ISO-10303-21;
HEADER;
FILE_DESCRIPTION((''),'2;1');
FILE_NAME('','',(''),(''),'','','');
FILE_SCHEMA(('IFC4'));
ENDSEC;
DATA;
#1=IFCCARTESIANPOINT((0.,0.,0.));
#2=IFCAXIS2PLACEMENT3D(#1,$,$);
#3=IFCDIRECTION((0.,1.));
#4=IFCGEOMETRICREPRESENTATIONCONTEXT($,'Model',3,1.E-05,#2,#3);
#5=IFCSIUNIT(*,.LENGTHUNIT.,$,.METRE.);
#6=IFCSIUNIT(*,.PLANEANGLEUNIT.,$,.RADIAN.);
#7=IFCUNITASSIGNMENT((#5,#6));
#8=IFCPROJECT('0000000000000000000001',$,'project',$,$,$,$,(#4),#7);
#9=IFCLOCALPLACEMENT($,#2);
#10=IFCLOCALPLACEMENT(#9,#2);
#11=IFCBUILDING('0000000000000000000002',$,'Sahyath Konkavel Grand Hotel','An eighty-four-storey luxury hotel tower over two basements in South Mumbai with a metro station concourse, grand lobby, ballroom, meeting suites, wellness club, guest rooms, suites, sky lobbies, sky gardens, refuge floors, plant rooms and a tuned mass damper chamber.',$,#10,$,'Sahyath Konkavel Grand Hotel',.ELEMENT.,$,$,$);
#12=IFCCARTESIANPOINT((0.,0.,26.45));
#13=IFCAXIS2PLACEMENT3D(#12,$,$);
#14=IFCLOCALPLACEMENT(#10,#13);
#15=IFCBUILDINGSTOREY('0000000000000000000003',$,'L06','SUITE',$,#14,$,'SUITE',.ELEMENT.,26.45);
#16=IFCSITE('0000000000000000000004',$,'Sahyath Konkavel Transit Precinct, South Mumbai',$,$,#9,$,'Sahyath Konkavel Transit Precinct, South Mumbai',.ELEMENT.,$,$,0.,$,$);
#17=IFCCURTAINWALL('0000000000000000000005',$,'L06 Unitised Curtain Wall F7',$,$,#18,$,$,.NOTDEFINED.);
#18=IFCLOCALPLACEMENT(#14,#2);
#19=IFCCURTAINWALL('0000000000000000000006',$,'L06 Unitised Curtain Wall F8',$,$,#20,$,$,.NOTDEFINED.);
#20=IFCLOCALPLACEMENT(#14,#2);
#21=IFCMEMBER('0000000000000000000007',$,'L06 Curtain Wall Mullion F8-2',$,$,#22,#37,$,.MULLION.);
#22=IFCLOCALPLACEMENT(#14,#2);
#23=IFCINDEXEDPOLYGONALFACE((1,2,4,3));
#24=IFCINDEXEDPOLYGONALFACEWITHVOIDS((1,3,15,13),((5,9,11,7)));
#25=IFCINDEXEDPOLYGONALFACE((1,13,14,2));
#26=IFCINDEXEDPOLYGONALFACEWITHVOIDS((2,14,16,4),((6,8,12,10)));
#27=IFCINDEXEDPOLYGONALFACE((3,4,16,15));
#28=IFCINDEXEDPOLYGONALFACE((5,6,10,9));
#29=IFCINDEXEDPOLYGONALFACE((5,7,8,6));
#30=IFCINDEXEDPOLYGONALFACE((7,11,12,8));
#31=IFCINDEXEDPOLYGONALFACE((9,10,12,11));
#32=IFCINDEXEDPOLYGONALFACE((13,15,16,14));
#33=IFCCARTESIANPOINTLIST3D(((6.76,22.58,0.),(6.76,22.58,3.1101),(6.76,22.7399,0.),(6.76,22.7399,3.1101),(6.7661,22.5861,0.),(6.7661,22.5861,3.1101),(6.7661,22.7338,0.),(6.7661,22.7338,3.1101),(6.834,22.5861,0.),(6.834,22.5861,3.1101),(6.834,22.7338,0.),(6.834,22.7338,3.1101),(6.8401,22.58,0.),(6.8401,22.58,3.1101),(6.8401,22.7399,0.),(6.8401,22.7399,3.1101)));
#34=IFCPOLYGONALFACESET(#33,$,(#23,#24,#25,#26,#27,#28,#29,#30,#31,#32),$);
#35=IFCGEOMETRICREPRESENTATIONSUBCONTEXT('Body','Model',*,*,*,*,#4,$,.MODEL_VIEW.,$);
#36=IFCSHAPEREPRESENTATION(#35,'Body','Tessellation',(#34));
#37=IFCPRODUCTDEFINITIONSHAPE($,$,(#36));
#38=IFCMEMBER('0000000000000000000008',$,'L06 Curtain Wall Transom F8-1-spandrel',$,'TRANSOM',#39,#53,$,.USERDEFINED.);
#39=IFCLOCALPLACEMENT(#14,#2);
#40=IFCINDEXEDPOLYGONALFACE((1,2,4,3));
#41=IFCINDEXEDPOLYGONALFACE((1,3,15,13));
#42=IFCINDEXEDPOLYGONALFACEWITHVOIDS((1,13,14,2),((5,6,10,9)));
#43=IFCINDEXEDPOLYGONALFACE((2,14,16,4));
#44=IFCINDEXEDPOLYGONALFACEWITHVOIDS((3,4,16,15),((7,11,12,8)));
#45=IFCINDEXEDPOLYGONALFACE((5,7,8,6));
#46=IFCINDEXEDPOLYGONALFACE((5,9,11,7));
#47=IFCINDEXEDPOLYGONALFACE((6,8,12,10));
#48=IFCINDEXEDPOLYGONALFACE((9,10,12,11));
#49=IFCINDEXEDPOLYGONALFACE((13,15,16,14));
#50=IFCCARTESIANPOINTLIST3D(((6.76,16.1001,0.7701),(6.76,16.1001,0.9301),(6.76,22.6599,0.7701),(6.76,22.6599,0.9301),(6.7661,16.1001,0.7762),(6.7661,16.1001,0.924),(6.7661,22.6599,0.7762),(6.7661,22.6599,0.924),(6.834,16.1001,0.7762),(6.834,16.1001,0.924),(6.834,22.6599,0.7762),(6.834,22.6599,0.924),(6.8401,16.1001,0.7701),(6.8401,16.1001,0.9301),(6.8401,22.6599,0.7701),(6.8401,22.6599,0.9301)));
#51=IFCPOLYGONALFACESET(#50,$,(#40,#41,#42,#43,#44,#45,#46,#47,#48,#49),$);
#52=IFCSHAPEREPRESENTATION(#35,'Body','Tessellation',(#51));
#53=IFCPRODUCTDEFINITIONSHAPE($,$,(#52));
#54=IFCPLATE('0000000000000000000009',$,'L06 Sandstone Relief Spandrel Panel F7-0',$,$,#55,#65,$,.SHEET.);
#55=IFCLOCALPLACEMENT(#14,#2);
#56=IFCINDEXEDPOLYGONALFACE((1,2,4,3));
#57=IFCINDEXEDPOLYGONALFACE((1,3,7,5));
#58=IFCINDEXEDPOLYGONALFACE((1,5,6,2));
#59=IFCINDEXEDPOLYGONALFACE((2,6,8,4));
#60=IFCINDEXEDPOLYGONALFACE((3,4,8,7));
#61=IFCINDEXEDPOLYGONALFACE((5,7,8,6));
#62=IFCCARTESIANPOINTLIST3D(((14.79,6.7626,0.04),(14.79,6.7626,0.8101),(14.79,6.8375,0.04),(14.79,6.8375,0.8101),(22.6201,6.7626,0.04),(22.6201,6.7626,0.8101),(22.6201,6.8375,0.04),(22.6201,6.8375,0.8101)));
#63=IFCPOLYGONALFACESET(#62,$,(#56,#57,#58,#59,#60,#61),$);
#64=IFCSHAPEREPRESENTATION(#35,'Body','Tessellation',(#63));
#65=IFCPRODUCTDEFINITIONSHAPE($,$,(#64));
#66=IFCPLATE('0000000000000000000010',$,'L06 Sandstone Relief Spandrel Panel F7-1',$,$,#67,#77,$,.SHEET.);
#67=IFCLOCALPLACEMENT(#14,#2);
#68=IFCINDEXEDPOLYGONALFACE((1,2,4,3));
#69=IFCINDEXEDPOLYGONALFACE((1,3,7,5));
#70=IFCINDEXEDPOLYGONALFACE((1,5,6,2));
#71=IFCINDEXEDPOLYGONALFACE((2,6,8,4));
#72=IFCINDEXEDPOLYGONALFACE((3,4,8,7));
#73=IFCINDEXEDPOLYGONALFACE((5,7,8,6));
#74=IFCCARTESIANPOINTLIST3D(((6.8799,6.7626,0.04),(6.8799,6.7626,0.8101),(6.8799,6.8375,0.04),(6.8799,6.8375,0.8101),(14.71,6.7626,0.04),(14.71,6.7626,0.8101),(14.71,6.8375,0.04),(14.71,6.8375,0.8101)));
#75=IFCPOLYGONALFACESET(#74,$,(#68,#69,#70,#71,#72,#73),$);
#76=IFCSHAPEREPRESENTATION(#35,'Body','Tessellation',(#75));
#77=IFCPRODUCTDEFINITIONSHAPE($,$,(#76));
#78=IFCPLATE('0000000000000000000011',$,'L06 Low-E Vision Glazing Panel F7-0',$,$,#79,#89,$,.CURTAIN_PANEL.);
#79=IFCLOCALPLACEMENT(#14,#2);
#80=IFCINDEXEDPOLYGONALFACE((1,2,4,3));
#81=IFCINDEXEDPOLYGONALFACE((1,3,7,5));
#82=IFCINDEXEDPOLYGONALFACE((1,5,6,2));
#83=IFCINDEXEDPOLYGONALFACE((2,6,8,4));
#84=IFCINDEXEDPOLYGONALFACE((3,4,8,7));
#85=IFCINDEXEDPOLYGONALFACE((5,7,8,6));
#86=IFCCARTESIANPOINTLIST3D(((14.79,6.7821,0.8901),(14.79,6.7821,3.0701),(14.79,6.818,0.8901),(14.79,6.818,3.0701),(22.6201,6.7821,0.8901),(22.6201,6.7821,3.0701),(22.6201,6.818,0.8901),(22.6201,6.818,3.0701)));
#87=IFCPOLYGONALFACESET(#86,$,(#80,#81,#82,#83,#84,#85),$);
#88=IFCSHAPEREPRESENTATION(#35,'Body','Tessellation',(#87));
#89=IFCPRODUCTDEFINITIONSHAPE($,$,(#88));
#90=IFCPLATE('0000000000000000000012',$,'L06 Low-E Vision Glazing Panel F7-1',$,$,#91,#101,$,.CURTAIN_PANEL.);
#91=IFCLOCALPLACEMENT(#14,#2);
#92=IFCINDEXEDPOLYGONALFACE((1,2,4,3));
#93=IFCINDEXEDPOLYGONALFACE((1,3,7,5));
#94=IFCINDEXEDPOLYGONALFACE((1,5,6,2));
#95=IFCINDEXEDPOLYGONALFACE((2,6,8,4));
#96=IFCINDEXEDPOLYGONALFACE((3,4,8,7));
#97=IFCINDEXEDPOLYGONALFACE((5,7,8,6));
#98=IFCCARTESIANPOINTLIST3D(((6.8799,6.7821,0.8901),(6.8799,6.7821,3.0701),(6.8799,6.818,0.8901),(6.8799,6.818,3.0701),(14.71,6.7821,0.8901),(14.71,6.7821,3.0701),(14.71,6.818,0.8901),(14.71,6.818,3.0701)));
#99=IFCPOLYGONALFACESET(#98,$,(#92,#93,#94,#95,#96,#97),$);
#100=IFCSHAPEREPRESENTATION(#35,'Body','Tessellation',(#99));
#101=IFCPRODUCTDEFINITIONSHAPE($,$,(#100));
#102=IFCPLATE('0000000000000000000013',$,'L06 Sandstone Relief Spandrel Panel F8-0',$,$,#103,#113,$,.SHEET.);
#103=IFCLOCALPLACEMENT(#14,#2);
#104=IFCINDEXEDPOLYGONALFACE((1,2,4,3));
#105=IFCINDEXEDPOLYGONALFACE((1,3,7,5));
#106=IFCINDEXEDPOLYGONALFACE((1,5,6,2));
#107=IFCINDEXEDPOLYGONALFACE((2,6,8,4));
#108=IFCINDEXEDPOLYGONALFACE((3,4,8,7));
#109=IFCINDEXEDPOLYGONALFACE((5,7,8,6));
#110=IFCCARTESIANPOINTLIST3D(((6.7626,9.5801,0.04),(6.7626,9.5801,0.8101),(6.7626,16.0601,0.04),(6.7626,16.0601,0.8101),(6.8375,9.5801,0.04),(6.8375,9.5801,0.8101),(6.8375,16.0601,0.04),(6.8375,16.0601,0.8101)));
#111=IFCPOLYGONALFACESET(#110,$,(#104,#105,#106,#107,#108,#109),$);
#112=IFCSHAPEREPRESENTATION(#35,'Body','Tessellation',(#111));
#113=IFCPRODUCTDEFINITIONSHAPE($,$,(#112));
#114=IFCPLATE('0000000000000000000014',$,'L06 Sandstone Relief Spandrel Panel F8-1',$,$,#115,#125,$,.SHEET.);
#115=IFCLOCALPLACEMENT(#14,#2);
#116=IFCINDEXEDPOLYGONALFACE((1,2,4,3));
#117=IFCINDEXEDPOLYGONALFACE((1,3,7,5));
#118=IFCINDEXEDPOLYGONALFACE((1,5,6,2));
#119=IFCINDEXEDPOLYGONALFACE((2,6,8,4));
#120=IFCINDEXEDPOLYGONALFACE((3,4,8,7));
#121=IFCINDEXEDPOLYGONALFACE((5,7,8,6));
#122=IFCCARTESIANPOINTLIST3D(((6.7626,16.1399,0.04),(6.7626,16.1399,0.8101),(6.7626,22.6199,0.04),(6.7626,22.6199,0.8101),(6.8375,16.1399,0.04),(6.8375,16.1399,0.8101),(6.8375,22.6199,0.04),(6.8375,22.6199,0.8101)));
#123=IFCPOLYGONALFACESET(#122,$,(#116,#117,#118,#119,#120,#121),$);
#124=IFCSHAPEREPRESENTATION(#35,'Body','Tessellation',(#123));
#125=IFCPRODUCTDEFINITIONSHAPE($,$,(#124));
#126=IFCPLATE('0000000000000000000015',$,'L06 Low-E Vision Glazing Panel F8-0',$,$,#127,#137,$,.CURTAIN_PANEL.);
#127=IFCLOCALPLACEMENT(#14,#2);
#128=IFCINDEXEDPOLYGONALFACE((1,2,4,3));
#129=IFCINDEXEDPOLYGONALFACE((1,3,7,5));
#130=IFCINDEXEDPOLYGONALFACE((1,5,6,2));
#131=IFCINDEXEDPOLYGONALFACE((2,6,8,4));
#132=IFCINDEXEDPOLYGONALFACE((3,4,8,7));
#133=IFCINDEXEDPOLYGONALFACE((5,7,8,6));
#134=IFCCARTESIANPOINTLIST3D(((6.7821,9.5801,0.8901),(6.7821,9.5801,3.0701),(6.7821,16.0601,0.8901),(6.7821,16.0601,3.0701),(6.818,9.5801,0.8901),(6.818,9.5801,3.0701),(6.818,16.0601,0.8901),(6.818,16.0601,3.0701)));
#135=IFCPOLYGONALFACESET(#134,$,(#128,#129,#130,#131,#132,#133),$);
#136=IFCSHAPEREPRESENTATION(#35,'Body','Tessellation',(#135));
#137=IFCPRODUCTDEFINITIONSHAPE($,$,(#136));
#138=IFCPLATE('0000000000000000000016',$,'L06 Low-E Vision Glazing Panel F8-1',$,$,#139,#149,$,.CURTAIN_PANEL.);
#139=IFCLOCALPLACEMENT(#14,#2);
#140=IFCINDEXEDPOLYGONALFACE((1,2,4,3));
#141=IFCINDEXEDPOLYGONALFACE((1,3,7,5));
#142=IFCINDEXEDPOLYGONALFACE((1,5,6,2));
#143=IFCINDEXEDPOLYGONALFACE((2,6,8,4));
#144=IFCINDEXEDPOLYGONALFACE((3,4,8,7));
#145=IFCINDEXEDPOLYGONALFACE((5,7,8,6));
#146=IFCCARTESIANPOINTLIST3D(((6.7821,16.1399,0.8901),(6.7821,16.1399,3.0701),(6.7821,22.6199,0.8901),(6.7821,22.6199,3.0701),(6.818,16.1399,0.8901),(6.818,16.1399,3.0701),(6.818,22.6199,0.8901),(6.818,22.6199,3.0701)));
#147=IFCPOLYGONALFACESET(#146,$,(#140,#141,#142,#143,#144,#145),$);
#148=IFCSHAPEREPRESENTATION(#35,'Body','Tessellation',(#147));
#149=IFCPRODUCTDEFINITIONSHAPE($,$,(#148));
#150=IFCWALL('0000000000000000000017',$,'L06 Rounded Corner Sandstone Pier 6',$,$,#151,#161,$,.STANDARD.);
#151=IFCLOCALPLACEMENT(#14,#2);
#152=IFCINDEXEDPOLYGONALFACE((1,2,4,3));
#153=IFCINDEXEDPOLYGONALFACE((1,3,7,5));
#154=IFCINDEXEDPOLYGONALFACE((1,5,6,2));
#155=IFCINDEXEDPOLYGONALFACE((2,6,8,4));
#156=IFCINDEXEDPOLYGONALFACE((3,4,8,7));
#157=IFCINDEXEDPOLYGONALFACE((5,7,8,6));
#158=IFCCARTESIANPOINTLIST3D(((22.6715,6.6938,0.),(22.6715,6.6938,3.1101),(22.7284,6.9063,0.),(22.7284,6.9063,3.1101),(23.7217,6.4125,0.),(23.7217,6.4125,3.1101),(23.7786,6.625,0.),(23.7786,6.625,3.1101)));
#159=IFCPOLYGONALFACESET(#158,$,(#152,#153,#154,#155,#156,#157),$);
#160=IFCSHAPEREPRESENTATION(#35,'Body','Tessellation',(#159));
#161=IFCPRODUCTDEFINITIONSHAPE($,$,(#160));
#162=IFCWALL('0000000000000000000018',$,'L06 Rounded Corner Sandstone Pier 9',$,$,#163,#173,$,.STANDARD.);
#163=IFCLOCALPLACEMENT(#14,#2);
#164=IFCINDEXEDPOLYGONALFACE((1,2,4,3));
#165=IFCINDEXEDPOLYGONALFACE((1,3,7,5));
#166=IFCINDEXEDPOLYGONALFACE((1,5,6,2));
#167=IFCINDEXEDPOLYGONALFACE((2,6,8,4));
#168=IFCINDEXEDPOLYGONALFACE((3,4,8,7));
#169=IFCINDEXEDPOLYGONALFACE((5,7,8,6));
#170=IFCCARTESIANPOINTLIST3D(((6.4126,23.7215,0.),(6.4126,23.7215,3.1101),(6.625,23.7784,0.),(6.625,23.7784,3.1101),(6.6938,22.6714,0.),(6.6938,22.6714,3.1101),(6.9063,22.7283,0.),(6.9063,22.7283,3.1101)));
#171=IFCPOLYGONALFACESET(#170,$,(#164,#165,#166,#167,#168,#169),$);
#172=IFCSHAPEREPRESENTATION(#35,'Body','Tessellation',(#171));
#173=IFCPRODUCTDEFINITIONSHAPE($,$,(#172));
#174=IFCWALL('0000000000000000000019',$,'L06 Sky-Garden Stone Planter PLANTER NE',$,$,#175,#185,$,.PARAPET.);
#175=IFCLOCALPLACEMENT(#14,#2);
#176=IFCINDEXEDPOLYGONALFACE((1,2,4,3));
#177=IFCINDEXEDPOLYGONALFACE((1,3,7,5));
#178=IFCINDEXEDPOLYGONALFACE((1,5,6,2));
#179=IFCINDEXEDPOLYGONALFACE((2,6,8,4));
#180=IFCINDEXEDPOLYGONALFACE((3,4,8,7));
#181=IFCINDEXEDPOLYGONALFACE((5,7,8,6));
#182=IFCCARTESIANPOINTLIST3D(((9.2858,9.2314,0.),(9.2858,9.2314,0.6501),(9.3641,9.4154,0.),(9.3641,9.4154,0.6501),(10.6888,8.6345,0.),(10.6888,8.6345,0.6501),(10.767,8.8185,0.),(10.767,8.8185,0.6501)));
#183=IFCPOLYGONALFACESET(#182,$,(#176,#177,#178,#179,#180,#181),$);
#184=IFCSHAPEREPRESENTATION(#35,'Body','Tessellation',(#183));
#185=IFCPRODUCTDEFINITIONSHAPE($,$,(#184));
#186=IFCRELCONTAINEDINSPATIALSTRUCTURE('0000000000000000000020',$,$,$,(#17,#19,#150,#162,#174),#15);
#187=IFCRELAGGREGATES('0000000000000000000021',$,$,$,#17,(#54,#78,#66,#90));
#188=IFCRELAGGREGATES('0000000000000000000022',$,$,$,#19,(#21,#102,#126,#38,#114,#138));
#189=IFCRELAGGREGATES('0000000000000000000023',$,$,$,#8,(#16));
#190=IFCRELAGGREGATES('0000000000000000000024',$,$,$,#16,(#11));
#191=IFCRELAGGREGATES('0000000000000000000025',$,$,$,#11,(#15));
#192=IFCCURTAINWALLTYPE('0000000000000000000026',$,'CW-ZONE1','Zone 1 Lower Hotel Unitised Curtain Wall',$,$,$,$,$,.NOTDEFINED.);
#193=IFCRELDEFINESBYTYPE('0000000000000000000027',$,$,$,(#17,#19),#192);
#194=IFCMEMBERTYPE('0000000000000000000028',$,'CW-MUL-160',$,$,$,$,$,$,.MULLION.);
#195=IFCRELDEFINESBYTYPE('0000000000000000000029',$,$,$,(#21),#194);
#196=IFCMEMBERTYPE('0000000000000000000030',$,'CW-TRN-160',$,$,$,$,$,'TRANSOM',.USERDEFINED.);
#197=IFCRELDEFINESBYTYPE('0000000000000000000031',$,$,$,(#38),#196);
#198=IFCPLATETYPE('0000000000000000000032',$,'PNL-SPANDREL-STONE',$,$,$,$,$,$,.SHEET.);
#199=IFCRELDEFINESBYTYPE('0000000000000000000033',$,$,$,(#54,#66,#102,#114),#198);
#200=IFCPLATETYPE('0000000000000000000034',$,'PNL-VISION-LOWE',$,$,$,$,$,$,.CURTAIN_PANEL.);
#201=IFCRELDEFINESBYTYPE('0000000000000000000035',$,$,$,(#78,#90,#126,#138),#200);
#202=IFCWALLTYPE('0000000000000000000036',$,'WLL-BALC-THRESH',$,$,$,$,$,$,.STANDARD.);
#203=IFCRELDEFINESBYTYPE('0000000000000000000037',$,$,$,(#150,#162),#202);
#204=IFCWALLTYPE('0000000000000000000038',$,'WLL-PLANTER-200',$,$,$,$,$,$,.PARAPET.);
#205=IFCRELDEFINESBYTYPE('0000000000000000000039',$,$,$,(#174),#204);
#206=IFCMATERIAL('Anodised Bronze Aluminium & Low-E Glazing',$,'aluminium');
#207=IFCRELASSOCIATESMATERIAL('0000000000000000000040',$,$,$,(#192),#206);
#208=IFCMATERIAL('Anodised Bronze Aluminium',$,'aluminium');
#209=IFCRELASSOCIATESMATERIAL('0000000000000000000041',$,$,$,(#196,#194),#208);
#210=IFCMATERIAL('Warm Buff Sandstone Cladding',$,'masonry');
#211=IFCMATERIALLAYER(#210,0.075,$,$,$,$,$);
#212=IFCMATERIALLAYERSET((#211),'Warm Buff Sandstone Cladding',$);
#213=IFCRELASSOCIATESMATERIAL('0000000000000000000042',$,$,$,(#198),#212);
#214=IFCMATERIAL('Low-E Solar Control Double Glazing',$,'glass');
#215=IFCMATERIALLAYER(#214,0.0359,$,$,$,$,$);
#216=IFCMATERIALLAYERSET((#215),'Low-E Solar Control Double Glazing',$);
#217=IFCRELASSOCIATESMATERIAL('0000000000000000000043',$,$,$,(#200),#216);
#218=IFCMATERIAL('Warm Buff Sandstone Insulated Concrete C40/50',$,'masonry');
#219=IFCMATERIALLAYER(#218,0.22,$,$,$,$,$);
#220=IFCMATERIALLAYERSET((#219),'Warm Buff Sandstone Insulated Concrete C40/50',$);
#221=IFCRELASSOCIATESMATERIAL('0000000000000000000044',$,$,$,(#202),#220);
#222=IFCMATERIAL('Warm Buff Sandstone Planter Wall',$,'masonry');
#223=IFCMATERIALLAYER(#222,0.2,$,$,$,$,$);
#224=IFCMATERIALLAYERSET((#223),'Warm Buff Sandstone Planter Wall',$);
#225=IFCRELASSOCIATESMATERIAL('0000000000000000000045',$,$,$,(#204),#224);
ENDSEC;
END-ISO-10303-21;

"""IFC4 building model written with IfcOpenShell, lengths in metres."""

from ifc_helpers import new_model, si_unit, direction, frame, frame_2d, origin, origin_2d, place, context, subcontext, project, spatial, rectangle, hollow_rectangle, extrude, source, transform, mapped, material, layer, layer_set, material_profile, profile_set, type_object, element, aggregate, save


model = new_model("IFC4")

# Units and contexts
model_context = context("Model", 3, precision=1e-05, world=origin(), true_north=direction((0.0, 1.0)))
body_context = subcontext(model_context, "Body", "Model", "MODEL_VIEW")
ifc_project = project(units=[si_unit("LENGTHUNIT", "METRE"), si_unit("PLANEANGLEUNIT", "RADIAN")], contexts=[model_context])

# Site, building, storey
site_placement = place(None, origin())
site = spatial("IfcSite", under=ifc_project, at=site_placement, Name="Sahyath Konkavel Transit Precinct, South Mumbai", LongName="Sahyath Konkavel Transit Precinct, South Mumbai", CompositionType="ELEMENT", RefElevation=0.0)
building_placement = place(site_placement, origin())
building = spatial("IfcBuilding", under=site, at=building_placement, Name="Sahyath Konkavel Grand Hotel", Description="An eighty-four-storey luxury hotel tower over two basements in South Mumbai with a metro station concourse, grand lobby, ballroom, meeting suites, wellness club, guest rooms, suites, sky lobbies, sky gardens, refuge floors, plant rooms and a tuned mass damper chamber.", LongName="Sahyath Konkavel Grand Hotel", CompositionType="ELEMENT")
storey_placement = place(building_placement, frame((0.0, 0.0, 26.45)))
storey = spatial("IfcBuildingStorey", under=building, at=storey_placement, Name="L06", Description="SUITE", LongName="SUITE", CompositionType="ELEMENT", Elevation=26.45)

# Curtain walls
ifc_material_1 = material(Name="Anodised Bronze Aluminium & Low-E Glazing", Category="aluminium")
curtain_wall_type = type_object("IfcCurtainWallType", Name="CW-ZONE1", Description="Zone 1 Lower Hotel Unitised Curtain Wall", PredefinedType="NOTDEFINED", material=ifc_material_1)
curtain_wall_1_placement = place(storey_placement, origin())
curtain_wall_1 = element("IfcCurtainWall", 1, at=curtain_wall_1_placement, inside=storey, type_object=curtain_wall_type, Name="L06 Unitised Curtain Wall F7", PredefinedType="NOTDEFINED")
curtain_wall_2_placement = place(storey_placement, origin())
curtain_wall_2 = element("IfcCurtainWall", 2, at=curtain_wall_2_placement, inside=storey, type_object=curtain_wall_type, Name="L06 Unitised Curtain Wall F8", PredefinedType="NOTDEFINED")

# Members
ifc_material_2 = material(Name="Anodised Bronze Aluminium", Category="aluminium")
ifc_material_profile_1 = material_profile(ifc_material_2, hollow_rectangle(XDim=0.0801, YDim=0.1599, WallThickness=0.0061, at=origin_2d()), Name="RHS 160x80x6")
ifc_profile_set_1 = profile_set([ifc_material_profile_1], Name="Anodised Bronze Aluminium")
member_type_1 = type_object("IfcMemberType", Name="CW-TRN-160", ElementType="TRANSOM", PredefinedType="USERDEFINED", material=ifc_profile_set_1)
ifc_material_profile_2 = material_profile(ifc_material_2, hollow_rectangle(XDim=0.0801, YDim=0.1599, WallThickness=0.0061, at=origin_2d()), Name="RHS 160x80x6")
ifc_profile_set_2 = profile_set([ifc_material_profile_2], Name="Anodised Bronze Aluminium")
member_type_2 = type_object("IfcMemberType", Name="CW-MUL-160", PredefinedType="MULLION", material=ifc_profile_set_2)
shared_shape_1 = source(origin(), body_context, "Body", "SweptSolid", [
    extrude(hollow_rectangle(XDim=0.0801, YDim=0.1599, WallThickness=0.0061, at=origin_2d()), origin(), (0.0, 0.0, 1.0), 3.1101),
])
member_1_placement = place(storey_placement, frame((6.8, 22.6599, 0.0), z_axis=(0.0, 0.0, 1.0), x_axis=(1.0, 0.0, 0.0)))
member_1 = element("IfcMember", 3, at=member_1_placement, type_object=member_type_2, Name="L06 Curtain Wall Mullion F8-2", PredefinedType="MULLION", context=body_context, shape_type="MappedRepresentation", body=[
    mapped(shared_shape_1, transform((0.0, 0.0, 0.0), scale=1.0)),
])
shared_shape_2 = source(origin(), body_context, "Body", "SweptSolid", [
    extrude(hollow_rectangle(XDim=0.0801, YDim=0.1599, WallThickness=0.0061, at=origin_2d()), origin(), (0.0, 0.0, 1.0), 6.5598),
])
member_2_placement = place(storey_placement, frame((6.8, 16.1001, 0.8501), z_axis=(0.0, 1.0, 0.0), x_axis=(-1.0, 0.0, 0.0)))
member_2 = element("IfcMember", 4, at=member_2_placement, type_object=member_type_1, Name="L06 Curtain Wall Transom F8-1-spandrel", ObjectType="TRANSOM", PredefinedType="USERDEFINED", context=body_context, shape_type="MappedRepresentation", body=[
    mapped(shared_shape_2, transform((0.0, 0.0, 0.0), scale=1.0)),
])

# Plates
ifc_material_3 = material(Name="Warm Buff Sandstone Cladding", Category="masonry")
ifc_layer_1 = layer(ifc_material_3, 0.075)
ifc_layer_set_1 = layer_set([ifc_layer_1], Name="Warm Buff Sandstone Cladding")
plate_type_1 = type_object("IfcPlateType", Name="PNL-SPANDREL-STONE", PredefinedType="SHEET", material=ifc_layer_set_1)
shared_shape_3 = source(origin(), body_context, "Body", "SweptSolid", [
    extrude(rectangle(XDim=7.8301, YDim=0.075, at=origin_2d()), origin(), (0.0, 0.0, 1.0), 0.77),
])
plate_1_placement = place(storey_placement, frame((18.7051, 6.8, 0.04), z_axis=(0.0, 0.0, 1.0), x_axis=(-1.0, 0.0, 0.0)))
plate_1 = element("IfcPlate", 5, at=plate_1_placement, type_object=plate_type_1, Name="L06 Sandstone Relief Spandrel Panel F7-0", PredefinedType="SHEET", context=body_context, shape_type="MappedRepresentation", body=[
    mapped(shared_shape_3, transform((0.0, 0.0, 0.0), scale=1.0)),
])
plate_2_placement = place(storey_placement, frame((10.7949, 6.8, 0.04), z_axis=(0.0, 0.0, 1.0), x_axis=(-1.0, 0.0, 0.0)))
plate_2 = element("IfcPlate", 6, at=plate_2_placement, type_object=plate_type_1, Name="L06 Sandstone Relief Spandrel Panel F7-1", PredefinedType="SHEET", context=body_context, shape_type="MappedRepresentation", body=[
    mapped(shared_shape_3, transform((0.0, 0.0, 0.0), scale=1.0)),
])
ifc_material_4 = material(Name="Low-E Solar Control Double Glazing", Category="glass")
ifc_layer_2 = layer(ifc_material_4, 0.0359)
ifc_layer_set_2 = layer_set([ifc_layer_2], Name="Low-E Solar Control Double Glazing")
plate_type_2 = type_object("IfcPlateType", Name="PNL-VISION-LOWE", PredefinedType="CURTAIN_PANEL", material=ifc_layer_set_2)
shared_shape_4 = source(origin(), body_context, "Body", "SweptSolid", [
    extrude(rectangle(XDim=7.8301, YDim=0.0359, at=origin_2d()), origin(), (0.0, 0.0, 1.0), 2.1799),
])
plate_3_placement = place(storey_placement, frame((18.7051, 6.8, 0.8901), z_axis=(0.0, 0.0, 1.0), x_axis=(-1.0, 0.0, 0.0)))
plate_3 = element("IfcPlate", 7, at=plate_3_placement, type_object=plate_type_2, Name="L06 Low-E Vision Glazing Panel F7-0", PredefinedType="CURTAIN_PANEL", context=body_context, shape_type="MappedRepresentation", body=[
    mapped(shared_shape_4, transform((0.0, 0.0, 0.0), scale=1.0)),
])
plate_4_placement = place(storey_placement, frame((10.7949, 6.8, 0.8901), z_axis=(0.0, 0.0, 1.0), x_axis=(-1.0, 0.0, 0.0)))
plate_4 = element("IfcPlate", 8, at=plate_4_placement, type_object=plate_type_2, Name="L06 Low-E Vision Glazing Panel F7-1", PredefinedType="CURTAIN_PANEL", context=body_context, shape_type="MappedRepresentation", body=[
    mapped(shared_shape_4, transform((0.0, 0.0, 0.0), scale=1.0)),
])
aggregate(curtain_wall_1, [plate_1, plate_3, plate_2, plate_4])
shared_shape_5 = source(origin(), body_context, "Body", "SweptSolid", [
    extrude(rectangle(XDim=6.48, YDim=0.075, at=origin_2d()), origin(), (0.0, 0.0, 1.0), 0.77),
])
plate_5_placement = place(storey_placement, frame((6.8, 12.8201, 0.04), z_axis=(0.0, 0.0, 1.0), x_axis=(0.0, 1.0, 0.0)))
plate_5 = element("IfcPlate", 9, at=plate_5_placement, type_object=plate_type_1, Name="L06 Sandstone Relief Spandrel Panel F8-0", PredefinedType="SHEET", context=body_context, shape_type="MappedRepresentation", body=[
    mapped(shared_shape_5, transform((0.0, 0.0, 0.0), scale=1.0)),
])
plate_6_placement = place(storey_placement, frame((6.8, 19.3799, 0.04), z_axis=(0.0, 0.0, 1.0), x_axis=(0.0, 1.0, 0.0)))
plate_6 = element("IfcPlate", 10, at=plate_6_placement, type_object=plate_type_1, Name="L06 Sandstone Relief Spandrel Panel F8-1", PredefinedType="SHEET", context=body_context, shape_type="MappedRepresentation", body=[
    mapped(shared_shape_5, transform((0.0, 0.0, 0.0), scale=1.0)),
])
shared_shape_6 = source(origin(), body_context, "Body", "SweptSolid", [
    extrude(rectangle(XDim=6.48, YDim=0.0359, at=origin_2d()), origin(), (0.0, 0.0, 1.0), 2.1799),
])
plate_7_placement = place(storey_placement, frame((6.8, 12.8201, 0.8901), z_axis=(0.0, 0.0, 1.0), x_axis=(0.0, 1.0, 0.0)))
plate_7 = element("IfcPlate", 11, at=plate_7_placement, type_object=plate_type_2, Name="L06 Low-E Vision Glazing Panel F8-0", PredefinedType="CURTAIN_PANEL", context=body_context, shape_type="MappedRepresentation", body=[
    mapped(shared_shape_6, transform((0.0, 0.0, 0.0), scale=1.0)),
])
plate_8_placement = place(storey_placement, frame((6.8, 19.3799, 0.8901), z_axis=(0.0, 0.0, 1.0), x_axis=(0.0, 1.0, 0.0)))
plate_8 = element("IfcPlate", 12, at=plate_8_placement, type_object=plate_type_2, Name="L06 Low-E Vision Glazing Panel F8-1", PredefinedType="CURTAIN_PANEL", context=body_context, shape_type="MappedRepresentation", body=[
    mapped(shared_shape_6, transform((0.0, 0.0, 0.0), scale=1.0)),
])
aggregate(curtain_wall_2, [member_1, plate_5, plate_7, member_2, plate_6, plate_8])

# Walls
ifc_material_5 = material(Name="Warm Buff Sandstone Insulated Concrete C40/50", Category="masonry")
ifc_layer_3 = layer(ifc_material_5, 0.22)
ifc_layer_set_3 = layer_set([ifc_layer_3], Name="Warm Buff Sandstone Insulated Concrete C40/50")
wall_type_1 = type_object("IfcWallType", Name="WLL-BALC-THRESH", PredefinedType="STANDARD", material=ifc_layer_set_3)
for number, where, z_axis, x_axis, name in (
    (13, (23.75, 6.5188, 0.0), (0.0, 0.0, 1.0), (-0.965951, 0.258725, 0.0), "L06 Rounded Corner Sandstone Pier 6"),
    (14, (6.8, 22.7, 0.0), (0.0, 0.0, 1.0), (-0.258725, 0.965951, 0.0), "L06 Rounded Corner Sandstone Pier 9"),
):
    element("IfcWall", number, at=place(storey_placement, frame(where, z_axis=z_axis, x_axis=x_axis)), inside=storey, type_object=wall_type_1, Name=name, PredefinedType="STANDARD", context=body_context, shape_type="SweptSolid", body=[
        extrude(rectangle(XDim=1.0872, YDim=0.22, at=frame_2d((0.5435, 0.0))), origin(), (0.0, 0.0, 1.0), 3.1101),
    ])
ifc_material_6 = material(Name="Warm Buff Sandstone Planter Wall", Category="masonry")
ifc_layer_4 = layer(ifc_material_6, 0.2)
ifc_layer_set_4 = layer_set([ifc_layer_4], Name="Warm Buff Sandstone Planter Wall")
wall_type_2 = type_object("IfcWallType", Name="WLL-PLANTER-200", PredefinedType="PARAPET", material=ifc_layer_set_4)
wall_placement = place(storey_placement, frame((10.7278, 8.7266, 0.0), z_axis=(0.0, 0.0, 1.0), x_axis=(-0.920185, 0.391483, 0.0)))
element("IfcWall", 15, at=wall_placement, inside=storey, type_object=wall_type_2, Name="L06 Sky-Garden Stone Planter PLANTER NE", PredefinedType="PARAPET", context=body_context, shape_type="SweptSolid", body=[
    extrude(rectangle(XDim=1.5247, YDim=0.2, at=frame_2d((0.7622, 0.0))), origin(), (0.0, 0.0, 1.0), 0.6501),
])

save(model, "model.ifc")
